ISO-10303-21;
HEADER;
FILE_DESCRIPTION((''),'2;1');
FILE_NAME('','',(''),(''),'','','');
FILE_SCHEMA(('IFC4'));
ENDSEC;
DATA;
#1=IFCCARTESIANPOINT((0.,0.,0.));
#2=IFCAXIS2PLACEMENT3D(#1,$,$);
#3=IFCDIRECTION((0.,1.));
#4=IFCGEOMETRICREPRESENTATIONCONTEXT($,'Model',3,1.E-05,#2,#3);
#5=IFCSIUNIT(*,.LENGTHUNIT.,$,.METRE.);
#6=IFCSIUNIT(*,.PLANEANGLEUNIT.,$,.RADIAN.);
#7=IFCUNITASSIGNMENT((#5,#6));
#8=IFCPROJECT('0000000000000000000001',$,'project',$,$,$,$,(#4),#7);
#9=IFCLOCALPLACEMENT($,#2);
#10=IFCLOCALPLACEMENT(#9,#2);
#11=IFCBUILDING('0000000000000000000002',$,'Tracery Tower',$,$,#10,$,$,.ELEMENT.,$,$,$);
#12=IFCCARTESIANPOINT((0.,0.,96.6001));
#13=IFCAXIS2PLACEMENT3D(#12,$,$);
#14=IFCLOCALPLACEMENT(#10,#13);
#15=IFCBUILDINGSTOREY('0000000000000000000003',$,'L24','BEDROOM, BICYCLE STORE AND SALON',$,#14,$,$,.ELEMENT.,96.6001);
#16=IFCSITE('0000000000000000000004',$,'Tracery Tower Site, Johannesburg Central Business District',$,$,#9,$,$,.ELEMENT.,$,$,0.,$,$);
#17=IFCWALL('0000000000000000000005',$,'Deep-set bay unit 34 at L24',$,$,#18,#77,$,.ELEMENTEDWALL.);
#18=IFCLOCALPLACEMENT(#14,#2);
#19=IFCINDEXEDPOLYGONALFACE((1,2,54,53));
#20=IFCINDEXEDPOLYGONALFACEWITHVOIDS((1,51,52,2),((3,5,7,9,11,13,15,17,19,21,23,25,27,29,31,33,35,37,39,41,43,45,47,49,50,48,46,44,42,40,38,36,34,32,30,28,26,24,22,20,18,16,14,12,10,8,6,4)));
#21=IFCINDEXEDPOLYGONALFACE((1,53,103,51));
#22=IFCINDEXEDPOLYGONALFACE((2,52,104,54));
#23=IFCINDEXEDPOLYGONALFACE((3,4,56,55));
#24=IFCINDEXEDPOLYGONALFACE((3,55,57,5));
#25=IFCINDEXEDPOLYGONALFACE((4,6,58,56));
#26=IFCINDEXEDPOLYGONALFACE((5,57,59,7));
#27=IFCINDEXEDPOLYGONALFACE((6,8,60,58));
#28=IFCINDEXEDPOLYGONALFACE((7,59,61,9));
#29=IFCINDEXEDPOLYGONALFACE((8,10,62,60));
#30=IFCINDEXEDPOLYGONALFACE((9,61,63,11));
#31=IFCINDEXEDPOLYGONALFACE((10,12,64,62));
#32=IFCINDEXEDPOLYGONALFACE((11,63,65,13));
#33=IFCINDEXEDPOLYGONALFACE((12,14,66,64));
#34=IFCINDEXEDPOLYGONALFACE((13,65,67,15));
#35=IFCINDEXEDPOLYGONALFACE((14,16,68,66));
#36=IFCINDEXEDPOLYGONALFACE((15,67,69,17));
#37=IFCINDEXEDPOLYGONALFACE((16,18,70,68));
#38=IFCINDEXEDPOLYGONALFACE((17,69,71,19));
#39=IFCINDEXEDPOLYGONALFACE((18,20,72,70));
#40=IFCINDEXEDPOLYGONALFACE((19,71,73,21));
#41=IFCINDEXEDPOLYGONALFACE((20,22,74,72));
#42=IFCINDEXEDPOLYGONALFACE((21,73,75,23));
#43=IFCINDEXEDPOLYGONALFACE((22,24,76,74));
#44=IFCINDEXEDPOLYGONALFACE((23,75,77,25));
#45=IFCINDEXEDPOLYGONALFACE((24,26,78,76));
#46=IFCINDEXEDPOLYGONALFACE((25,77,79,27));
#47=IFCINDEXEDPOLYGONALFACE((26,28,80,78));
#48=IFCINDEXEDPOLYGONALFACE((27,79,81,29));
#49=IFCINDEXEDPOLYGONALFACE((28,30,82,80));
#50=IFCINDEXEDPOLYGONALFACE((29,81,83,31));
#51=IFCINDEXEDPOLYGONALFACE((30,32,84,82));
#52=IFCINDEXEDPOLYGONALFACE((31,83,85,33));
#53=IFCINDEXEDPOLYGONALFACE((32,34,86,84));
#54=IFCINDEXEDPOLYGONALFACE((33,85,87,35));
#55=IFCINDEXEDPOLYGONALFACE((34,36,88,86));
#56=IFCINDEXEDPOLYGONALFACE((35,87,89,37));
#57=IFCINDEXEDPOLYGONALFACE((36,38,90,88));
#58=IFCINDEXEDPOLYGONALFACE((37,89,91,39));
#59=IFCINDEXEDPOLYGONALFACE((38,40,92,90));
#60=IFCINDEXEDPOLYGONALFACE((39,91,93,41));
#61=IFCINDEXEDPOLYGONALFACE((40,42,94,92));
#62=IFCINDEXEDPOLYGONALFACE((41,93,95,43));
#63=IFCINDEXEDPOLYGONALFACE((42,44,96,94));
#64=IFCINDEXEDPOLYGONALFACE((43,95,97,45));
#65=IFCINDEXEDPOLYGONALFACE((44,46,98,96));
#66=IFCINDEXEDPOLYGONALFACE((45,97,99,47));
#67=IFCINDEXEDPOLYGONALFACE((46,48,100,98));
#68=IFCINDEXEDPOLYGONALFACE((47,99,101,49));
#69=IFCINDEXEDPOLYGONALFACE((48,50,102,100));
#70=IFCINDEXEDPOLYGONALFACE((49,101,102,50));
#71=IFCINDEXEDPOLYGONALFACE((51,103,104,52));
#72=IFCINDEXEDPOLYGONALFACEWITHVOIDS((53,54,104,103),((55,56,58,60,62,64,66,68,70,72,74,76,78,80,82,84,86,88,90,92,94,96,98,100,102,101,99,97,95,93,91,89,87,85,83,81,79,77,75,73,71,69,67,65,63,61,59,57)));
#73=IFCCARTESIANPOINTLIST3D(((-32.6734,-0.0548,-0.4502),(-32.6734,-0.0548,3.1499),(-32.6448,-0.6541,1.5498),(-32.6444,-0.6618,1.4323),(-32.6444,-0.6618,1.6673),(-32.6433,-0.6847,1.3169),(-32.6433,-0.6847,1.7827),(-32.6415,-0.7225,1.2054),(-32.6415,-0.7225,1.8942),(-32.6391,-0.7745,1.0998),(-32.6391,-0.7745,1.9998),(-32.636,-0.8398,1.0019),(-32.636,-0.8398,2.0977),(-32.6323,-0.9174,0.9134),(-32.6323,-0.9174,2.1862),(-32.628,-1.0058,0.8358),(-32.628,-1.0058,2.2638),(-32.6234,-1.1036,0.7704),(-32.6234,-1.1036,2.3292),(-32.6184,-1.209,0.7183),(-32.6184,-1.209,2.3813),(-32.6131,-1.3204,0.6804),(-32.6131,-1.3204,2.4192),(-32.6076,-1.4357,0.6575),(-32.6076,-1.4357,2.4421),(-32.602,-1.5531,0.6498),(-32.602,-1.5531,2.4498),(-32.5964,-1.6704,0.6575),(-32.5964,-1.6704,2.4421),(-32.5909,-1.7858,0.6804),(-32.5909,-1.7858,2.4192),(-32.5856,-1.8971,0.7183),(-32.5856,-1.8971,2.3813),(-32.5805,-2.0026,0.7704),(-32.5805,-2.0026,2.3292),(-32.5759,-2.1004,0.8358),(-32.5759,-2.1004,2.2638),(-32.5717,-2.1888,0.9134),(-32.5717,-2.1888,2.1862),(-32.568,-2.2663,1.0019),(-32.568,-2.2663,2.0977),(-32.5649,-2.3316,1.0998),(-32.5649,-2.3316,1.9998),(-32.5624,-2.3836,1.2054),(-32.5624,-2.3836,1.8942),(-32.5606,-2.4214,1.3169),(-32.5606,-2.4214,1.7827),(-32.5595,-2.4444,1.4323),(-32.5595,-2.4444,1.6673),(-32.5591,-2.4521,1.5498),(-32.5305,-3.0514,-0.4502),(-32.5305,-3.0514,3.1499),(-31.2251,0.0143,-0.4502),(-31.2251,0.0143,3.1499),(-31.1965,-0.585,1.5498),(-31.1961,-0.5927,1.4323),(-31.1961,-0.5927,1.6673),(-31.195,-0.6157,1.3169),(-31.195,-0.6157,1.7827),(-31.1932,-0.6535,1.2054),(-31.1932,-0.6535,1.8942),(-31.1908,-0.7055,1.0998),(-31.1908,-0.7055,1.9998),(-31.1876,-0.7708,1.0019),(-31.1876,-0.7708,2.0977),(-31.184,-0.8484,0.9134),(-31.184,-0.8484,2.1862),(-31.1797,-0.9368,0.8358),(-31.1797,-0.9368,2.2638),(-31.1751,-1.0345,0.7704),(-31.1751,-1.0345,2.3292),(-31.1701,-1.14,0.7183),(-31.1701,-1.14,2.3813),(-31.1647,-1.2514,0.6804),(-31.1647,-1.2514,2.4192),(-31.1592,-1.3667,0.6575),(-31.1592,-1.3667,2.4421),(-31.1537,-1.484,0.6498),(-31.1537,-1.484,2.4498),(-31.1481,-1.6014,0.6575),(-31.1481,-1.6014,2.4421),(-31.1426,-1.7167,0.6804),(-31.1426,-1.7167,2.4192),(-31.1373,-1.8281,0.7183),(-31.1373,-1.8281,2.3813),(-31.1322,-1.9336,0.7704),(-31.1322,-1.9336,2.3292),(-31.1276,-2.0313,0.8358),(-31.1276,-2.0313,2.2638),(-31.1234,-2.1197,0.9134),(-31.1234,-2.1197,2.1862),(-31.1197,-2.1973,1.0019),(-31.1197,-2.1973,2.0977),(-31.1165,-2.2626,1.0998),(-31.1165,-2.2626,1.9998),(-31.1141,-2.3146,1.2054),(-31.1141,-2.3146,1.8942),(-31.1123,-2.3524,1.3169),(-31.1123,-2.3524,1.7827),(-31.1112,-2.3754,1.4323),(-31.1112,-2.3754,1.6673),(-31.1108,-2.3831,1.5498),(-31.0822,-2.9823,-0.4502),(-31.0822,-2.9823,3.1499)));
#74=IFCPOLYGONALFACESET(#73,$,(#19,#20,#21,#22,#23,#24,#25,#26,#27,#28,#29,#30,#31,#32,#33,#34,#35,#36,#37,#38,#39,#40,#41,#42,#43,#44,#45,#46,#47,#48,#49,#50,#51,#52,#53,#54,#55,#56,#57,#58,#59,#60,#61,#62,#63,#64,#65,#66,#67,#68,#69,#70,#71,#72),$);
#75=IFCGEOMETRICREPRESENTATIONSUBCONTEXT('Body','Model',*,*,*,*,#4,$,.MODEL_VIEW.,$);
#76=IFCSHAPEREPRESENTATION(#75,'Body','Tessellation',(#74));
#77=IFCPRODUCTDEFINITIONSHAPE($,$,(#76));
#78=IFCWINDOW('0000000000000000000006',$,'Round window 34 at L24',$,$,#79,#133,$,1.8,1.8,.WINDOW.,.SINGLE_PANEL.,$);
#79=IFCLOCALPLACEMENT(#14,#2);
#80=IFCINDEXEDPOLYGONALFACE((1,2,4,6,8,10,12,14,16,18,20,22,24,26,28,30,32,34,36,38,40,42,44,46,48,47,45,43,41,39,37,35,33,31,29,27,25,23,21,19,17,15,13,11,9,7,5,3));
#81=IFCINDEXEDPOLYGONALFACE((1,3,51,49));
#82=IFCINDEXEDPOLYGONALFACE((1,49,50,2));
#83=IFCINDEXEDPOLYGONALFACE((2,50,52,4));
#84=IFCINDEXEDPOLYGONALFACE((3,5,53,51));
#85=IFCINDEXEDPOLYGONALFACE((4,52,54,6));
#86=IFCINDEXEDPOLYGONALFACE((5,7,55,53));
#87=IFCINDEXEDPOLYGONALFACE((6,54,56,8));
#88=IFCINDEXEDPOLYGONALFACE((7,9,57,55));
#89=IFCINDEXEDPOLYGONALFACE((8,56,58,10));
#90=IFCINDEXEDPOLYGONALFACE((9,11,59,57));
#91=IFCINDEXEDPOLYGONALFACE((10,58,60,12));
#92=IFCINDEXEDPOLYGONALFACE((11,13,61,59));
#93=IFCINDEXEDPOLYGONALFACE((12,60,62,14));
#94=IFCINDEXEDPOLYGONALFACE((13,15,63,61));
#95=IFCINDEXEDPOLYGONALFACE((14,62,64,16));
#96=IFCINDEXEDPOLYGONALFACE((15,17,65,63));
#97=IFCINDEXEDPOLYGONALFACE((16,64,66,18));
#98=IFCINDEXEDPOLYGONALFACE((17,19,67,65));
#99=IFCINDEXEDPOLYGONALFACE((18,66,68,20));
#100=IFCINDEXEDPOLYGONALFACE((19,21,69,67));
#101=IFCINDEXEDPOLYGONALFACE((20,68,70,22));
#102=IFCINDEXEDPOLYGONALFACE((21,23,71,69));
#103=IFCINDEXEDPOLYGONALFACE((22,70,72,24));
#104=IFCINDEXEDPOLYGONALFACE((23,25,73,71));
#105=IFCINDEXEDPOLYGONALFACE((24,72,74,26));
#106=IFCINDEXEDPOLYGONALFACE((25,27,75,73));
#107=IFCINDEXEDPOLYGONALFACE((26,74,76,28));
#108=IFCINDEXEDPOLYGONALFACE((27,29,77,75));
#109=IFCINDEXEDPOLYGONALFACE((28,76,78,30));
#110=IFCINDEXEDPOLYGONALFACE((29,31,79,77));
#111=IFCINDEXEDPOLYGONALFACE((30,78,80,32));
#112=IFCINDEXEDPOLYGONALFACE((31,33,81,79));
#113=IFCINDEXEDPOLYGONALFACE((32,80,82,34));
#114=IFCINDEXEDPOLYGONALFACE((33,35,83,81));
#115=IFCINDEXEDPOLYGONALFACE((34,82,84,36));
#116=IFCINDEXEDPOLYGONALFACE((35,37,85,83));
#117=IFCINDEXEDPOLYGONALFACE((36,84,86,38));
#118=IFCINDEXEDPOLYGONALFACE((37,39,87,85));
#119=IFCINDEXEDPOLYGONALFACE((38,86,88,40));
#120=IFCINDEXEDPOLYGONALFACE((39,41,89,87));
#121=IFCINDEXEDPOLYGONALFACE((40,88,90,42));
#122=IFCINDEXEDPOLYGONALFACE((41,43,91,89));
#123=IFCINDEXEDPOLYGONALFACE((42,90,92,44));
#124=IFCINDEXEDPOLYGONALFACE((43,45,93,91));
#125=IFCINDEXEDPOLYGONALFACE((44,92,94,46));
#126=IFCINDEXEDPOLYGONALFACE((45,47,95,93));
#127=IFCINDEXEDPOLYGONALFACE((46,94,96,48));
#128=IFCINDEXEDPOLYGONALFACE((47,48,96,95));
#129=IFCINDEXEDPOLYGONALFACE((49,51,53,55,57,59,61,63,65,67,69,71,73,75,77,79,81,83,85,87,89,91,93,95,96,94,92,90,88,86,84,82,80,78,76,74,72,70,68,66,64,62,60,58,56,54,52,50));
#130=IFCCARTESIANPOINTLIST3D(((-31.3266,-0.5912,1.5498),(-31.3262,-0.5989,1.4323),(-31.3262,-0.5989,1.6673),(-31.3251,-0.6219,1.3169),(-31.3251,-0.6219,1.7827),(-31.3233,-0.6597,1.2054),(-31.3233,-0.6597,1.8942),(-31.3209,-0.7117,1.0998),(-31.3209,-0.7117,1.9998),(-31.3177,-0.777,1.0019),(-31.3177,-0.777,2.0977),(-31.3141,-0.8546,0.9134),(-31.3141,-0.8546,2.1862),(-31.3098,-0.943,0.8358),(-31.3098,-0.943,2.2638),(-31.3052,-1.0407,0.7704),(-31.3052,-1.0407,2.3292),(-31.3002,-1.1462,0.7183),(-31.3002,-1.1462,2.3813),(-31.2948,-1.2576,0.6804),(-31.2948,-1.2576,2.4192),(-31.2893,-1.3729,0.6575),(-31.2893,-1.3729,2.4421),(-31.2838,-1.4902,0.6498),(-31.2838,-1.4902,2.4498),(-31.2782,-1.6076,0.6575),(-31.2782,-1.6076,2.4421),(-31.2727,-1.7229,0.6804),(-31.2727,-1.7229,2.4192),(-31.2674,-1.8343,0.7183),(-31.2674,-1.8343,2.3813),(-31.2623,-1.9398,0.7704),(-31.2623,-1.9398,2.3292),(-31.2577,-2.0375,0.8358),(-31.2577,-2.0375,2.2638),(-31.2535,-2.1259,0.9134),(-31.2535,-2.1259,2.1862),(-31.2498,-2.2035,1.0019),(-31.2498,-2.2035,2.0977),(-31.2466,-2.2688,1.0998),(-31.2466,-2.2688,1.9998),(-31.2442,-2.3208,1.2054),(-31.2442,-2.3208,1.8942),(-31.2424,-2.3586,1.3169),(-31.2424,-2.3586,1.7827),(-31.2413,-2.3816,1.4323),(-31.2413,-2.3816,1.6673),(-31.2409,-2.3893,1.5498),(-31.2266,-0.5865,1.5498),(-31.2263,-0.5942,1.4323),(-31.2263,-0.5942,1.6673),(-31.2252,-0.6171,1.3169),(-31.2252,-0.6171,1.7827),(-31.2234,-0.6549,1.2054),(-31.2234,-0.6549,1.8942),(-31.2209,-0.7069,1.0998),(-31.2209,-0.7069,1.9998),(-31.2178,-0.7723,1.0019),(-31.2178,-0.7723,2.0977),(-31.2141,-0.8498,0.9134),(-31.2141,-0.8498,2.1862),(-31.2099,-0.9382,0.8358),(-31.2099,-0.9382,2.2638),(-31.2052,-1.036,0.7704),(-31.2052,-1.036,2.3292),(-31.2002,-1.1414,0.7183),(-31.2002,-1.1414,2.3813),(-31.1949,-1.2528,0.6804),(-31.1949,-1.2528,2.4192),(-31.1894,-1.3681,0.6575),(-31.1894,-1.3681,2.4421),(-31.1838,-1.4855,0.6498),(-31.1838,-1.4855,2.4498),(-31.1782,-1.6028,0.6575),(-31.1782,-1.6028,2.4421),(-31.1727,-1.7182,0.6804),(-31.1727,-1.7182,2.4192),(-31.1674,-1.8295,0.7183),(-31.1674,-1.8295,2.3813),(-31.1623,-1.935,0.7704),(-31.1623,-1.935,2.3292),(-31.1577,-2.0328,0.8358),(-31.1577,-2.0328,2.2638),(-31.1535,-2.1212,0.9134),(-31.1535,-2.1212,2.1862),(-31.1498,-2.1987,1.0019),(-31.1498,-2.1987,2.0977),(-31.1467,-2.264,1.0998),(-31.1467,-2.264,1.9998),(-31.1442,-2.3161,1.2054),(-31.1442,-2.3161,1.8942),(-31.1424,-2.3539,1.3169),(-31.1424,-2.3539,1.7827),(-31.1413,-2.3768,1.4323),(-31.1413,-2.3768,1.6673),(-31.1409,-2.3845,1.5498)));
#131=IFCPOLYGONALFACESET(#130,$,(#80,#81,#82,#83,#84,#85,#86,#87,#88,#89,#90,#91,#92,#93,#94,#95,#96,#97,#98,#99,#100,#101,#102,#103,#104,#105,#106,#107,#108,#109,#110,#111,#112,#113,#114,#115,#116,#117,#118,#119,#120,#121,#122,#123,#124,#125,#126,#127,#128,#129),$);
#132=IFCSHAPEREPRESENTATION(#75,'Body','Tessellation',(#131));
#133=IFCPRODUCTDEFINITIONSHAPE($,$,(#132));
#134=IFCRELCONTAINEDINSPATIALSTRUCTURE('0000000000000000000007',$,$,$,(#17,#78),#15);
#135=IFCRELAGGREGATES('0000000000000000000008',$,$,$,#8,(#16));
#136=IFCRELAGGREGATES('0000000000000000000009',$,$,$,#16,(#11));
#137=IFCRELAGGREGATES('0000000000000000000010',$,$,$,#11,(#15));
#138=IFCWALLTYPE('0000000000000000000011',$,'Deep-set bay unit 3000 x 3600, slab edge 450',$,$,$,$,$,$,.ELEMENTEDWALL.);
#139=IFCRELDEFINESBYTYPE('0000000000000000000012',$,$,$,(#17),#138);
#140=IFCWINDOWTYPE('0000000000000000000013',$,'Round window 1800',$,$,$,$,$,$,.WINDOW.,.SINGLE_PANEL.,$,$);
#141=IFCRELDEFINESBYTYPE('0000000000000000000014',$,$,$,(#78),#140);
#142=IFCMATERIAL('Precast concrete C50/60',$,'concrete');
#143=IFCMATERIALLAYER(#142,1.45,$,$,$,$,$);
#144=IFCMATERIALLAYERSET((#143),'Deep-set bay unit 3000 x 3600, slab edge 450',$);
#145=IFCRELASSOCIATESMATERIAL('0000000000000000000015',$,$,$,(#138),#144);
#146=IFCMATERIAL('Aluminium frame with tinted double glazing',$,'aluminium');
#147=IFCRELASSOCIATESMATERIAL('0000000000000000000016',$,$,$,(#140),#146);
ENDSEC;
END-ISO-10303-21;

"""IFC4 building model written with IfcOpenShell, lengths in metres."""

from ifc_helpers import new_model, si_unit, direction, frame, frame_2d, origin, origin_2d, place, context, subcontext, project, spatial, rectangle, circle, extrude, material, layer, layer_set, type_object, element, fill, save


model = new_model("IFC4")

# Units and contexts
model_context = context("Model", 3, precision=1e-05, world=origin(), true_north=direction((0.0, 1.0)))
body_context = subcontext(model_context, "Body", "Model", "MODEL_VIEW")
ifc_project = project(units=[si_unit("LENGTHUNIT", "METRE"), si_unit("PLANEANGLEUNIT", "RADIAN")], contexts=[model_context])

# Site, building, storey
site_placement = place(None, origin())
site = spatial("IfcSite", under=ifc_project, at=site_placement, Name="Tracery Tower Site, Johannesburg Central Business District", CompositionType="ELEMENT", RefElevation=0.0)
building_placement = place(site_placement, origin())
building = spatial("IfcBuilding", under=site, at=building_placement, Name="Tracery Tower", CompositionType="ELEMENT")
storey_placement = place(building_placement, frame((0.0, 0.0, 96.6001)))
storey = spatial("IfcBuildingStorey", under=building, at=storey_placement, Name="L24", Description="BEDROOM, BICYCLE STORE AND SALON", CompositionType="ELEMENT", Elevation=96.6001)

# Wall, opening, window
ifc_material_1 = material(Name="Precast concrete C50/60", Category="concrete")
ifc_layer_1 = layer(ifc_material_1, 1.45)
ifc_layer_set_1 = layer_set([ifc_layer_1], Name="Deep-set bay unit 3000 x 3600, slab edge 450")
wall_type_1 = type_object("IfcWallType", Name="Deep-set bay unit 3000 x 3600, slab edge 450", PredefinedType="ELEMENTEDWALL", material=ifc_layer_set_1)
wall_1_placement = place(storey_placement, frame((-31.9492, -0.0203, -0.4502), z_axis=(0.0, 0.0, 1.0), x_axis=(0.047608, -0.998866, 0.0)))
wall_1 = element("IfcWall", 1, at=wall_1_placement, inside=storey, type_object=wall_type_1, Name="Deep-set bay unit 34 at L24", PredefinedType="ELEMENTEDWALL", context=body_context, shape_type="SweptSolid", body=[
    extrude(rectangle(XDim=3.0, YDim=1.45, at=frame_2d((1.5, 0.0))), origin(), (0.0, 0.0, 1.0), 3.6001),
])
opening_1_placement = place(wall_1_placement, frame((1.5, 0.0, 2.0)))
opening_1 = element("IfcOpeningElement", 2, at=opening_1_placement, cuts=wall_1, PredefinedType="OPENING", context=body_context, shape_type="SweptSolid", body=[
    extrude(circle(Radius=0.9, at=origin_2d()), frame((0.0, 0.7349, 0.0), z_axis=(0.0, -1.0, 0.0), x_axis=(1.0, 0.0, 0.0)), (0.0, 0.0, 1.0), 1.47),
])
ifc_material_2 = material(Name="Aluminium frame with tinted double glazing", Category="aluminium")
window_type = type_object("IfcWindowType", Name="Round window 1800", PartitioningType="SINGLE_PANEL", PredefinedType="WINDOW", material=ifc_material_2)
window_1_placement = place(opening_1_placement, origin())
window_1 = element("IfcWindow", 3, at=window_1_placement, inside=storey, type_object=window_type, Name="Round window 34 at L24", OverallHeight=1.8, OverallWidth=1.8, PartitioningType="SINGLE_PANEL", PredefinedType="WINDOW", context=body_context, shape_type="SweptSolid", body=[
    extrude(circle(Radius=0.9, at=origin_2d()), frame((0.0, 0.6948, 0.0), z_axis=(0.0, -1.0, 0.0), x_axis=(1.0, 0.0, 0.0)), (0.0, 0.0, 1.0), 0.1001),
])
fill(opening_1, window_1)

save(model, "model.ifc")
